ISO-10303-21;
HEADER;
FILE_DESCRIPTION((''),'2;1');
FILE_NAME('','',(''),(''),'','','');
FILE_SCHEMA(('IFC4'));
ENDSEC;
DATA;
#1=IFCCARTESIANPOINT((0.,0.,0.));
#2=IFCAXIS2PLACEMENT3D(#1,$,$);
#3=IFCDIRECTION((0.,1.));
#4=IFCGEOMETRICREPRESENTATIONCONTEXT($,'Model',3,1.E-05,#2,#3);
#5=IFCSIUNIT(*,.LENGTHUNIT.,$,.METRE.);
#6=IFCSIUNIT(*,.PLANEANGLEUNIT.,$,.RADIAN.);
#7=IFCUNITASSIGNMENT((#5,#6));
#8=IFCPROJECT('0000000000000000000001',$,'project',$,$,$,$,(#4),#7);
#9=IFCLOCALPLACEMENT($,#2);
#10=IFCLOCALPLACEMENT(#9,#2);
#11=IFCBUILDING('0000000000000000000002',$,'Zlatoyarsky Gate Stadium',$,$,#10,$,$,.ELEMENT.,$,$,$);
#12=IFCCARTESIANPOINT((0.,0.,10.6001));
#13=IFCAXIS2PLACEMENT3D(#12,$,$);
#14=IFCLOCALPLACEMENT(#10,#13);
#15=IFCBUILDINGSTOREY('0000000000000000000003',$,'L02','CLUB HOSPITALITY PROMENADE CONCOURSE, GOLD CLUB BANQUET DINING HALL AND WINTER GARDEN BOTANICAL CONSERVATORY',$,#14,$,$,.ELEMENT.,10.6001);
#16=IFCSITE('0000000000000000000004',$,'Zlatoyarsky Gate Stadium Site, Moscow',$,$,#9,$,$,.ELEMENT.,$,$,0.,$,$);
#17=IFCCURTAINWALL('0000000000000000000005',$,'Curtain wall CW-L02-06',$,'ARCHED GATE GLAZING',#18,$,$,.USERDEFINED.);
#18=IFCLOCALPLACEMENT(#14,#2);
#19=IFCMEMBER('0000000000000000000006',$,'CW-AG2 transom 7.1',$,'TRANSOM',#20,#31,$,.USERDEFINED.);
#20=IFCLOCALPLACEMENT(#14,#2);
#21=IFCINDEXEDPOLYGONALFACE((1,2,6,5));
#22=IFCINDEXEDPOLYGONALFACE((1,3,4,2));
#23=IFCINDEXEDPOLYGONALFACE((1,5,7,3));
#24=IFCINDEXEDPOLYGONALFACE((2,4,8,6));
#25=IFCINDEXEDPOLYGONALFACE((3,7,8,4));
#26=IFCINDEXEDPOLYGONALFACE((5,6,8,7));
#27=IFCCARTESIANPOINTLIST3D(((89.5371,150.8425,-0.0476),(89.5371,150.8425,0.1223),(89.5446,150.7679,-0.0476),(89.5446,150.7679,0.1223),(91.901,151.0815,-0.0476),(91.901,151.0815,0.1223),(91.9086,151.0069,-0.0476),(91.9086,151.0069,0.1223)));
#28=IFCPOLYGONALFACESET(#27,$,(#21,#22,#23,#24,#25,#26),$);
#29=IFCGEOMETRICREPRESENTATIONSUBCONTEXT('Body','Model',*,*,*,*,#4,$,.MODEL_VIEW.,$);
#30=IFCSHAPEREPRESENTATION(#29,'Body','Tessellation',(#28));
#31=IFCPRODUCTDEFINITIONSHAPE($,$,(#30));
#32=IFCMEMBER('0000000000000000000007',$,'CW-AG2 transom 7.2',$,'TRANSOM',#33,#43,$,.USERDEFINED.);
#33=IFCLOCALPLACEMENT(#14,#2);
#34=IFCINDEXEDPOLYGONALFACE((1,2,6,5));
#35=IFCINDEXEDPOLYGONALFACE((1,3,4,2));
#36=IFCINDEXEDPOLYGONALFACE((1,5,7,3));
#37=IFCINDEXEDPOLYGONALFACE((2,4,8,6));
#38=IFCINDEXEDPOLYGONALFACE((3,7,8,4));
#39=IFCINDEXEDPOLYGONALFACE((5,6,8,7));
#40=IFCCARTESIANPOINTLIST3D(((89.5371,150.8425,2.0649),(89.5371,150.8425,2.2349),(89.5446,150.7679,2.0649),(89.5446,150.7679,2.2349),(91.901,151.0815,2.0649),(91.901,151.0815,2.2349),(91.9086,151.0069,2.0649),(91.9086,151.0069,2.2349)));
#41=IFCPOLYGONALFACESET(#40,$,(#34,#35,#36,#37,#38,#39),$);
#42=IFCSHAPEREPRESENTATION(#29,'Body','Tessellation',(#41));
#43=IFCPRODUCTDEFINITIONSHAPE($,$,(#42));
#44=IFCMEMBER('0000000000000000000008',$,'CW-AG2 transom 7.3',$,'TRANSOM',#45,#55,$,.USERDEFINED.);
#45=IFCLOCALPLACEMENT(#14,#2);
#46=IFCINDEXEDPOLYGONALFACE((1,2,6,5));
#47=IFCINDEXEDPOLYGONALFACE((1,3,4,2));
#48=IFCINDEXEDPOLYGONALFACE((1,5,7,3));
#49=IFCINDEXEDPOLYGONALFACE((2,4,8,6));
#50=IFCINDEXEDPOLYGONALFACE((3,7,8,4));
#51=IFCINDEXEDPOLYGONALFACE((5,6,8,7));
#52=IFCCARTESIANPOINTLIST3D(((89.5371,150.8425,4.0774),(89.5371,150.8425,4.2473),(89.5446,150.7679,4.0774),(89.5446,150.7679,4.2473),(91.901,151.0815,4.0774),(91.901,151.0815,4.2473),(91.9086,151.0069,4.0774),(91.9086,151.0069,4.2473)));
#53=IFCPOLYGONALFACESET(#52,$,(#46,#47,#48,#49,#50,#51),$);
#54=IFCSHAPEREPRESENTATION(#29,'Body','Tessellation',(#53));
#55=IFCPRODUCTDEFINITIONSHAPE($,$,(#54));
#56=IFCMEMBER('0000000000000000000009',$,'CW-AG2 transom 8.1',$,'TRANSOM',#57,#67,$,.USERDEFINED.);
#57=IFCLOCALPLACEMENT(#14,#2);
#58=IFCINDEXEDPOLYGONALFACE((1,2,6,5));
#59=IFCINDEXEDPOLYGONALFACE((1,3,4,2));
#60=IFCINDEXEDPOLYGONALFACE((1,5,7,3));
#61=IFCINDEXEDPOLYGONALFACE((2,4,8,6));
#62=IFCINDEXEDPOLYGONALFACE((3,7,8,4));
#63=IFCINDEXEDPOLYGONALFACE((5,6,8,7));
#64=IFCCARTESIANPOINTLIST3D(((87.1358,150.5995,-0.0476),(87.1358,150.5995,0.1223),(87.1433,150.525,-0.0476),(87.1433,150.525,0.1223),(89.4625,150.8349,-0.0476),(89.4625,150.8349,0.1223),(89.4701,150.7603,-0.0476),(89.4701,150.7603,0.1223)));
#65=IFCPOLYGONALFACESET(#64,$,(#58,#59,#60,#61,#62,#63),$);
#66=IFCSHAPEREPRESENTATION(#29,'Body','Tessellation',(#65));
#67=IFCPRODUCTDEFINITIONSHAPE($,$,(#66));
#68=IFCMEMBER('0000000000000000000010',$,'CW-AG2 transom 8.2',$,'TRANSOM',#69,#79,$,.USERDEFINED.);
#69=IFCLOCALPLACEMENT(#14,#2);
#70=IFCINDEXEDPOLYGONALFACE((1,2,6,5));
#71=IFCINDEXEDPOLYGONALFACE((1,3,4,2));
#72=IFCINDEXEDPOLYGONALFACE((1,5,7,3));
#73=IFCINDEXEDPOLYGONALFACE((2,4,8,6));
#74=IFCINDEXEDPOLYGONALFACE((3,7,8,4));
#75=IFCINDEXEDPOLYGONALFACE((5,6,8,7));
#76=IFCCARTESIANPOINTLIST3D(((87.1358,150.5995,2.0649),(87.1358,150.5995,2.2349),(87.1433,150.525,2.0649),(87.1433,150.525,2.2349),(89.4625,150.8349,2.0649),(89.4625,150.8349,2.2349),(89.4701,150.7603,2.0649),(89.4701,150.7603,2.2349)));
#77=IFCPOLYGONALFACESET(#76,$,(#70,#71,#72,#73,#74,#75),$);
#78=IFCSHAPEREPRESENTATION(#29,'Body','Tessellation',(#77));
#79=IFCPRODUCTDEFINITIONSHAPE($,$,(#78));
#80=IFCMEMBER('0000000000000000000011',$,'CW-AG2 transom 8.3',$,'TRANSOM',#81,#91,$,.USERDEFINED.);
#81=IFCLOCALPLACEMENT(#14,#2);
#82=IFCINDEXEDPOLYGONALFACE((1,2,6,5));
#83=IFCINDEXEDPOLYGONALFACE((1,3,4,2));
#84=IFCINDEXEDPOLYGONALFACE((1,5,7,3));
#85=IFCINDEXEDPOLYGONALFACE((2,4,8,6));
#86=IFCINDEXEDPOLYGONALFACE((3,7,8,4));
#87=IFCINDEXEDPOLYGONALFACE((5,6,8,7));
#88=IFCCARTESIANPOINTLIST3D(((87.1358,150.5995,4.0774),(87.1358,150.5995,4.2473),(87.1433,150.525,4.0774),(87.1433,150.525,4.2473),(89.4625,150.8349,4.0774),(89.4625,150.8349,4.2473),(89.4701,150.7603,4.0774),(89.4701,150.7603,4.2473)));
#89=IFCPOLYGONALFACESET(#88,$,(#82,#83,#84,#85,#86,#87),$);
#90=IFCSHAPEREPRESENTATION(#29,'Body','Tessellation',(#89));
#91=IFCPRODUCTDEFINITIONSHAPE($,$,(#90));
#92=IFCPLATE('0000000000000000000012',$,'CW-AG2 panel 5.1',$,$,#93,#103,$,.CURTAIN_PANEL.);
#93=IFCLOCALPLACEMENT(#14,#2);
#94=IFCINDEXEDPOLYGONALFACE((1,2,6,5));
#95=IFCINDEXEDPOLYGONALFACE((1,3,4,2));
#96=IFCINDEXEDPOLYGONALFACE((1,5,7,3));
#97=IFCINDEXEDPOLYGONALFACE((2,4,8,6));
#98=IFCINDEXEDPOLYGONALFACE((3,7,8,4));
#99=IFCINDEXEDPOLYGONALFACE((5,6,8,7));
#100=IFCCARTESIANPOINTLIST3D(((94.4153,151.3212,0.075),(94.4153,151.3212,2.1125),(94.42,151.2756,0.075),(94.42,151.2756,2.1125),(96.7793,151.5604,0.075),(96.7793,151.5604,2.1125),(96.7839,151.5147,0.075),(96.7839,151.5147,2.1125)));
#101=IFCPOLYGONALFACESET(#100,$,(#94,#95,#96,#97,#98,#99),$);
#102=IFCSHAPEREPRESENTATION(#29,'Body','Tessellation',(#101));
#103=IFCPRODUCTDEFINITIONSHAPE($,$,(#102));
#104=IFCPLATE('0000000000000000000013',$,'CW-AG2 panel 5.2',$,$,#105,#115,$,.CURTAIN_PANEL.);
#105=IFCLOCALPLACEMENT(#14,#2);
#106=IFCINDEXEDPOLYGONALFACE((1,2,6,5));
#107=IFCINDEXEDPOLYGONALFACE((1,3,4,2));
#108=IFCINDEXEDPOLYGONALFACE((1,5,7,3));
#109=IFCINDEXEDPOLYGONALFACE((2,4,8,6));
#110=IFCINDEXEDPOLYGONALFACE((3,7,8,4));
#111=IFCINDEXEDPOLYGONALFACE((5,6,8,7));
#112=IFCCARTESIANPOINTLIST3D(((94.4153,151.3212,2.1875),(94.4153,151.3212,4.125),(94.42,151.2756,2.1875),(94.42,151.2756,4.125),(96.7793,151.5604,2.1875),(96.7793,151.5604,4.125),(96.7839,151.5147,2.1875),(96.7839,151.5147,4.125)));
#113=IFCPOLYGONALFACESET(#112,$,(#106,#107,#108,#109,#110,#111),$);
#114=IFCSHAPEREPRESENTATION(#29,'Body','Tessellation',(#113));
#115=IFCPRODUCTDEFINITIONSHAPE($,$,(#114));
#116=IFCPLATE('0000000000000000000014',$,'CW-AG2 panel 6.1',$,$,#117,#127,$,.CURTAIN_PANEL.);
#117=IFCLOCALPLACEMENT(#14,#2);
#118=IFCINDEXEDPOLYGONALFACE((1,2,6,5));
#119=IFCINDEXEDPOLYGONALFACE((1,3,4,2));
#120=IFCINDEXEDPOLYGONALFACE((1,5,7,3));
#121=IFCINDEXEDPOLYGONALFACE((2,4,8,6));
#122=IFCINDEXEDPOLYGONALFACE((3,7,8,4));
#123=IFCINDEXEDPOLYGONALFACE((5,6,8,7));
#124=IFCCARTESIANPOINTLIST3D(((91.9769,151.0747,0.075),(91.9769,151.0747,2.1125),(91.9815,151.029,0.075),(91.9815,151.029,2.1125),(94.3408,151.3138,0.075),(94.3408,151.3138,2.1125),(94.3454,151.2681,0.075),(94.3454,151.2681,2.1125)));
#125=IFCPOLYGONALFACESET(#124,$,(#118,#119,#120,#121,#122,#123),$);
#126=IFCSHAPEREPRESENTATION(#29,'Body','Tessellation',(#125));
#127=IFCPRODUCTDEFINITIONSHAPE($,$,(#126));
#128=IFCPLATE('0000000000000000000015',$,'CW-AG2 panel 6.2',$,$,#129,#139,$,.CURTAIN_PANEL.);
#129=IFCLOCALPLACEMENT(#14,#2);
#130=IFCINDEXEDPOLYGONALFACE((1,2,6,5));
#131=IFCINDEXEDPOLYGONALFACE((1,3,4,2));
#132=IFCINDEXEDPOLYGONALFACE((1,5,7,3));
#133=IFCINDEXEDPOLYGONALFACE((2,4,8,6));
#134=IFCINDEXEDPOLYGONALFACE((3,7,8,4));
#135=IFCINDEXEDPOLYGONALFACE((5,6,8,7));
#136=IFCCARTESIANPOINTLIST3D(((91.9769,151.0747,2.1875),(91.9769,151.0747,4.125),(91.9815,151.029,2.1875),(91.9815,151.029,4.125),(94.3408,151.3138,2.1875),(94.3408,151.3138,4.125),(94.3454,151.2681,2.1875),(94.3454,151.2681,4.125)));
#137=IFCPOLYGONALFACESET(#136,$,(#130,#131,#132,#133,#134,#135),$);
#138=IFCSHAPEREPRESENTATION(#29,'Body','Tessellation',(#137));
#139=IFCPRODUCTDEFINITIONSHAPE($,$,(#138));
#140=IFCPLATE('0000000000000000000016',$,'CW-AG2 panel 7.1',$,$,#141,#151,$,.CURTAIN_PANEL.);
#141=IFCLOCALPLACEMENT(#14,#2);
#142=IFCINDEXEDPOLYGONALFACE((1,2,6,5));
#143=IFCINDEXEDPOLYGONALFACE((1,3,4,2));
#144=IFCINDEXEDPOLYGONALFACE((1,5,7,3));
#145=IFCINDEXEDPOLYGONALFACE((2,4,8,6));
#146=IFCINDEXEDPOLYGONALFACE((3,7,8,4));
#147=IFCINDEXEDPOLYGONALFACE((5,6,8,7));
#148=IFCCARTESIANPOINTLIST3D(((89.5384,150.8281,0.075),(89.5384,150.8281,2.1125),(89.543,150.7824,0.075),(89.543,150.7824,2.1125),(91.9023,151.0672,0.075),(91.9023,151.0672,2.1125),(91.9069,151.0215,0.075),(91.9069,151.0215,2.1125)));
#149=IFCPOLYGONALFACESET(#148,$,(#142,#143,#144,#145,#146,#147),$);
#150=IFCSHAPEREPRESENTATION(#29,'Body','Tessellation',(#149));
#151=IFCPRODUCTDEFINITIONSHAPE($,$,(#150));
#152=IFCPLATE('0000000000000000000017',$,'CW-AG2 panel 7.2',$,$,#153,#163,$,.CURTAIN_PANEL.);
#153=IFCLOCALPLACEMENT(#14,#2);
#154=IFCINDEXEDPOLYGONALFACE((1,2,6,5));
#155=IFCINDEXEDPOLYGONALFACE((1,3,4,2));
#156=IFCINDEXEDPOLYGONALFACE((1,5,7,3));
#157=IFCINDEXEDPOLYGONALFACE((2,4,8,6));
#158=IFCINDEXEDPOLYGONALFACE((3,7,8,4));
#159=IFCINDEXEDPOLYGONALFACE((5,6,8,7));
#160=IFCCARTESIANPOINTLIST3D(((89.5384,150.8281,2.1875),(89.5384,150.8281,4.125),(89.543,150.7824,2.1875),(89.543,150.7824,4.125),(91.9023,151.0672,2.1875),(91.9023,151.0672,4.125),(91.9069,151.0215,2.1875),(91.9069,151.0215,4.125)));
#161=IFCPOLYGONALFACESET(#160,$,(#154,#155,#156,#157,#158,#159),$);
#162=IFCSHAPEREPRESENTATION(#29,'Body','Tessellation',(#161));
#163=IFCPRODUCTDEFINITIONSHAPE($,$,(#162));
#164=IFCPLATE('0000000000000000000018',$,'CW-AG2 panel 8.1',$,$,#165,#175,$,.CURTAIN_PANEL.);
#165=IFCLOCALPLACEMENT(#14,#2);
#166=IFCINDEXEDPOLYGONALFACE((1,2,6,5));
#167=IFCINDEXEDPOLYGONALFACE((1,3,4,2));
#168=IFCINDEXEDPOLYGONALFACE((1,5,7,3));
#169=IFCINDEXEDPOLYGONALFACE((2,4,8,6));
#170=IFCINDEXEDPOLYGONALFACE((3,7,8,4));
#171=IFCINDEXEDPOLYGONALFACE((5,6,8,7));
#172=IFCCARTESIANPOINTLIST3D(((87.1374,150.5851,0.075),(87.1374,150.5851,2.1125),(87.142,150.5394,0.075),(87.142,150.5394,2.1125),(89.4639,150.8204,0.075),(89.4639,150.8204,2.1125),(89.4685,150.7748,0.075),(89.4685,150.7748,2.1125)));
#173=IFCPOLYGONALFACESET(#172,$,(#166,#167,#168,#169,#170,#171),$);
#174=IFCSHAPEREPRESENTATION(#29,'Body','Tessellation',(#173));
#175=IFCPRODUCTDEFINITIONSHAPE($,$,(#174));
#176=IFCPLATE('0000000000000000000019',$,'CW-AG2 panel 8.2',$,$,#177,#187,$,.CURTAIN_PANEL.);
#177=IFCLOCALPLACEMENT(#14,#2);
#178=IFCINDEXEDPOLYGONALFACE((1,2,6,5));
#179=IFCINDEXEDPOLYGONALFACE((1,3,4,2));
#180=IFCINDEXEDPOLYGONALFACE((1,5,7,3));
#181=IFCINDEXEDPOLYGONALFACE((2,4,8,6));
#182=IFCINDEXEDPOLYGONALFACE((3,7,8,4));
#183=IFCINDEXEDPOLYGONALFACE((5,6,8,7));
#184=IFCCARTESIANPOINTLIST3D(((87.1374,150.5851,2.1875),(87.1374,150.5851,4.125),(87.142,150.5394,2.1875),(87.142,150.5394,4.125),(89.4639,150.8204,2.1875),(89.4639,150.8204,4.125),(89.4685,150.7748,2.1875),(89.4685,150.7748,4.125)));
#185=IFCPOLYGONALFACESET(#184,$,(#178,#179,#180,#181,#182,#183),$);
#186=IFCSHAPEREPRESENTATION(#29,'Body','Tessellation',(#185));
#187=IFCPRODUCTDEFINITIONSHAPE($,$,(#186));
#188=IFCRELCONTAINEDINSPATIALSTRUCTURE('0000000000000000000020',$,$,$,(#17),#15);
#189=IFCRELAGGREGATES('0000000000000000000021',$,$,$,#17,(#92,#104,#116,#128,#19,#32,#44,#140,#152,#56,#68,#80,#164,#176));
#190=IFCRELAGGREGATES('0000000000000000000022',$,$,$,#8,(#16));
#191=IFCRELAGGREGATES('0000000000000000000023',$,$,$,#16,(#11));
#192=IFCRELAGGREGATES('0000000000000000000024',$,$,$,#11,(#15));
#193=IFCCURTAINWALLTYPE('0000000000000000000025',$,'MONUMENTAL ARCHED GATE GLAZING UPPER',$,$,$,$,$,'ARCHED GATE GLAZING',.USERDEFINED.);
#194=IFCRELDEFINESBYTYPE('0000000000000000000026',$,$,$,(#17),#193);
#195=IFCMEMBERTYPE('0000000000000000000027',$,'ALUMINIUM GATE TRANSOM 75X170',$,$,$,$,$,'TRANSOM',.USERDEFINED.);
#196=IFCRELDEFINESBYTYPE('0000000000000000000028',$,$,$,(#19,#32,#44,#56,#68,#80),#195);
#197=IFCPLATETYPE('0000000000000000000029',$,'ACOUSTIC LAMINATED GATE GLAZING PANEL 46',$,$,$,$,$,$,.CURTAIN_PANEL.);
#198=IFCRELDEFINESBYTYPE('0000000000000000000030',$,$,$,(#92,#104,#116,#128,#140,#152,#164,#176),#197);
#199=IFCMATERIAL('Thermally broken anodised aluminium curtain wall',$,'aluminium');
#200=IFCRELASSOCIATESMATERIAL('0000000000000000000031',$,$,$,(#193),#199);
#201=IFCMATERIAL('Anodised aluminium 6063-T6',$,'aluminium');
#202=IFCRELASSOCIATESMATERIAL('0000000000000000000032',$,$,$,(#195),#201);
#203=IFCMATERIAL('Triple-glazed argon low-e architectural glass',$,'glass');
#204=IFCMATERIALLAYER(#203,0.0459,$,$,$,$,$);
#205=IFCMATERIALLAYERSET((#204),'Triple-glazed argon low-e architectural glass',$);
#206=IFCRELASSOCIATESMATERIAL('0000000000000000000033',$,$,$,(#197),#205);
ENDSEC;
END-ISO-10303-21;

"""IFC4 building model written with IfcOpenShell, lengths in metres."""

from ifc_helpers import new_model, si_unit, direction, frame, origin, origin_2d, place, context, subcontext, project, spatial, rectangle, extrude, material, layer, layer_set, material_profile, profile_set, type_object, element, aggregate, save


model = new_model("IFC4")

# Units and contexts
model_context = context("Model", 3, precision=1e-05, world=origin(), true_north=direction((0.0, 1.0)))
body_context = subcontext(model_context, "Body", "Model", "MODEL_VIEW")
ifc_project = project(units=[si_unit("LENGTHUNIT", "METRE"), si_unit("PLANEANGLEUNIT", "RADIAN")], contexts=[model_context])

# Site, building, storey
site_placement = place(None, origin())
site = spatial("IfcSite", under=ifc_project, at=site_placement, Name="Zlatoyarsky Gate Stadium Site, Moscow", CompositionType="ELEMENT", RefElevation=0.0)
building_placement = place(site_placement, origin())
building = spatial("IfcBuilding", under=site, at=building_placement, Name="Zlatoyarsky Gate Stadium", CompositionType="ELEMENT")
storey_placement = place(building_placement, frame((0.0, 0.0, 10.6001)))
storey = spatial("IfcBuildingStorey", under=building, at=storey_placement, Name="L02", Description="CLUB HOSPITALITY PROMENADE CONCOURSE, GOLD CLUB BANQUET DINING HALL AND WINTER GARDEN BOTANICAL CONSERVATORY", CompositionType="ELEMENT", Elevation=10.6001)

# Curtain wall, members, plates
ifc_material_1 = material(Name="Thermally broken anodised aluminium curtain wall", Category="aluminium")
curtain_wall_type = type_object("IfcCurtainWallType", Name="MONUMENTAL ARCHED GATE GLAZING UPPER", ElementType="ARCHED GATE GLAZING", PredefinedType="USERDEFINED", material=ifc_material_1)
curtain_wall_placement = place(storey_placement, origin())
curtain_wall = element("IfcCurtainWall", 1, at=curtain_wall_placement, inside=storey, type_object=curtain_wall_type, Name="Curtain wall CW-L02-06", ObjectType="ARCHED GATE GLAZING", PredefinedType="USERDEFINED")
ifc_material_2 = material(Name="Anodised aluminium 6063-T6", Category="aluminium")
ifc_material_profile_1 = material_profile(ifc_material_2, rectangle(XDim=0.075, YDim=0.1699, at=origin_2d()), Name="ALU 75X170")
ifc_profile_set_1 = profile_set([ifc_material_profile_1], Name="Anodised aluminium 6063-T6")
member_type_1 = type_object("IfcMemberType", Name="ALUMINIUM GATE TRANSOM 75X170", ElementType="TRANSOM", PredefinedType="USERDEFINED", material=ifc_profile_set_1)
member_1_placement = place(storey_placement, frame((91.9048, 151.0442, 0.0374), z_axis=(-0.994928, -0.100592, 0.0), x_axis=(0.100592, -0.994928, 0.0)))
member_1 = element("IfcMember", 2, at=member_1_placement, type_object=member_type_1, Name="CW-AG2 transom 7.1", ObjectType="TRANSOM", PredefinedType="USERDEFINED", context=body_context, shape_type="SweptSolid", body=[
    extrude(rectangle(XDim=0.075, YDim=0.1699, at=origin_2d()), origin(), (0.0, 0.0, 1.0), 2.376),
])
member_2_placement = place(storey_placement, frame((91.9048, 151.0442, 2.1499), z_axis=(-0.994928, -0.100592, 0.0), x_axis=(0.100592, -0.994928, 0.0)))
member_2 = element("IfcMember", 3, at=member_2_placement, type_object=member_type_1, Name="CW-AG2 transom 7.2", ObjectType="TRANSOM", PredefinedType="USERDEFINED", context=body_context, shape_type="SweptSolid", body=[
    extrude(rectangle(XDim=0.075, YDim=0.1699, at=origin_2d()), origin(), (0.0, 0.0, 1.0), 2.376),
])
member_3_placement = place(storey_placement, frame((91.9048, 151.0442, 4.1624), z_axis=(-0.994928, -0.100592, 0.0), x_axis=(0.100592, -0.994928, 0.0)))
member_3 = element("IfcMember", 4, at=member_3_placement, type_object=member_type_1, Name="CW-AG2 transom 7.3", ObjectType="TRANSOM", PredefinedType="USERDEFINED", context=body_context, shape_type="SweptSolid", body=[
    extrude(rectangle(XDim=0.075, YDim=0.1699, at=origin_2d()), origin(), (0.0, 0.0, 1.0), 2.376),
])
member_4_placement = place(storey_placement, frame((89.4663, 150.7976, 0.0374), z_axis=(-0.994923, -0.100641, 0.0), x_axis=(0.100641, -0.994923, 0.0)))
member_4 = element("IfcMember", 5, at=member_4_placement, type_object=member_type_1, Name="CW-AG2 transom 8.1", ObjectType="TRANSOM", PredefinedType="USERDEFINED", context=body_context, shape_type="SweptSolid", body=[
    extrude(rectangle(XDim=0.075, YDim=0.1699, at=origin_2d()), origin(), (0.0, 0.0, 1.0), 2.3386),
])
member_5_placement = place(storey_placement, frame((89.4663, 150.7976, 2.1499), z_axis=(-0.994923, -0.100641, 0.0), x_axis=(0.100641, -0.994923, 0.0)))
member_5 = element("IfcMember", 6, at=member_5_placement, type_object=member_type_1, Name="CW-AG2 transom 8.2", ObjectType="TRANSOM", PredefinedType="USERDEFINED", context=body_context, shape_type="SweptSolid", body=[
    extrude(rectangle(XDim=0.075, YDim=0.1699, at=origin_2d()), origin(), (0.0, 0.0, 1.0), 2.3386),
])
member_6_placement = place(storey_placement, frame((89.4663, 150.7976, 4.1624), z_axis=(-0.994923, -0.100641, 0.0), x_axis=(0.100641, -0.994923, 0.0)))
member_6 = element("IfcMember", 7, at=member_6_placement, type_object=member_type_1, Name="CW-AG2 transom 8.3", ObjectType="TRANSOM", PredefinedType="USERDEFINED", context=body_context, shape_type="SweptSolid", body=[
    extrude(rectangle(XDim=0.075, YDim=0.1699, at=origin_2d()), origin(), (0.0, 0.0, 1.0), 2.3386),
])
ifc_material_3 = material(Name="Triple-glazed argon low-e architectural glass", Category="glass")
ifc_layer_1 = layer(ifc_material_3, 0.0459)
ifc_layer_set_1 = layer_set([ifc_layer_1], Name="Triple-glazed argon low-e architectural glass")
plate_type = type_object("IfcPlateType", Name="ACOUSTIC LAMINATED GATE GLAZING PANEL 46", PredefinedType="CURTAIN_PANEL", material=ifc_layer_set_1)
plate_1_placement = place(storey_placement, frame((95.5996, 151.418, 0.075), z_axis=(0.0, 0.0, 1.0), x_axis=(-0.994923, -0.100642, 0.0)))
plate_1 = element("IfcPlate", 8, at=plate_1_placement, type_object=plate_type, Name="CW-AG2 panel 5.1", PredefinedType="CURTAIN_PANEL", context=body_context, shape_type="SweptSolid", body=[
    extrude(rectangle(XDim=2.376, YDim=0.0459, at=origin_2d()), origin(), (0.0, 0.0, 1.0), 2.0376),
])
plate_2_placement = place(storey_placement, frame((95.5996, 151.418, 2.1875), z_axis=(0.0, 0.0, 1.0), x_axis=(-0.994923, -0.100642, 0.0)))
plate_2 = element("IfcPlate", 9, at=plate_2_placement, type_object=plate_type, Name="CW-AG2 panel 5.2", PredefinedType="CURTAIN_PANEL", context=body_context, shape_type="SweptSolid", body=[
    extrude(rectangle(XDim=2.376, YDim=0.0459, at=origin_2d()), origin(), (0.0, 0.0, 1.0), 1.9375),
])
plate_3_placement = place(storey_placement, frame((93.1611, 151.1714, 0.075), z_axis=(0.0, 0.0, 1.0), x_axis=(-0.994923, -0.100642, 0.0)))
plate_3 = element("IfcPlate", 10, at=plate_3_placement, type_object=plate_type, Name="CW-AG2 panel 6.1", PredefinedType="CURTAIN_PANEL", context=body_context, shape_type="SweptSolid", body=[
    extrude(rectangle(XDim=2.376, YDim=0.0459, at=origin_2d()), origin(), (0.0, 0.0, 1.0), 2.0376),
])
plate_4_placement = place(storey_placement, frame((93.1611, 151.1714, 2.1875), z_axis=(0.0, 0.0, 1.0), x_axis=(-0.994923, -0.100642, 0.0)))
plate_4 = element("IfcPlate", 11, at=plate_4_placement, type_object=plate_type, Name="CW-AG2 panel 6.2", PredefinedType="CURTAIN_PANEL", context=body_context, shape_type="SweptSolid", body=[
    extrude(rectangle(XDim=2.376, YDim=0.0459, at=origin_2d()), origin(), (0.0, 0.0, 1.0), 1.9375),
])
plate_5_placement = place(storey_placement, frame((90.7227, 150.9248, 0.075), z_axis=(0.0, 0.0, 1.0), x_axis=(-0.994923, -0.100642, 0.0)))
plate_5 = element("IfcPlate", 12, at=plate_5_placement, type_object=plate_type, Name="CW-AG2 panel 7.1", PredefinedType="CURTAIN_PANEL", context=body_context, shape_type="SweptSolid", body=[
    extrude(rectangle(XDim=2.376, YDim=0.0459, at=origin_2d()), origin(), (0.0, 0.0, 1.0), 2.0376),
])
plate_6_placement = place(storey_placement, frame((90.7227, 150.9248, 2.1875), z_axis=(0.0, 0.0, 1.0), x_axis=(-0.994923, -0.100642, 0.0)))
plate_6 = element("IfcPlate", 13, at=plate_6_placement, type_object=plate_type, Name="CW-AG2 panel 7.2", PredefinedType="CURTAIN_PANEL", context=body_context, shape_type="SweptSolid", body=[
    extrude(rectangle(XDim=2.376, YDim=0.0459, at=origin_2d()), origin(), (0.0, 0.0, 1.0), 1.9375),
])
plate_7_placement = place(storey_placement, frame((88.303, 150.6799, 0.075), z_axis=(0.0, 0.0, 1.0), x_axis=(-0.994923, -0.100642, 0.0)))
plate_7 = element("IfcPlate", 14, at=plate_7_placement, type_object=plate_type, Name="CW-AG2 panel 8.1", PredefinedType="CURTAIN_PANEL", context=body_context, shape_type="SweptSolid", body=[
    extrude(rectangle(XDim=2.3384, YDim=0.0459, at=origin_2d()), origin(), (0.0, 0.0, 1.0), 2.0376),
])
plate_8_placement = place(storey_placement, frame((88.303, 150.6799, 2.1875), z_axis=(0.0, 0.0, 1.0), x_axis=(-0.994923, -0.100642, 0.0)))
plate_8 = element("IfcPlate", 15, at=plate_8_placement, type_object=plate_type, Name="CW-AG2 panel 8.2", PredefinedType="CURTAIN_PANEL", context=body_context, shape_type="SweptSolid", body=[
    extrude(rectangle(XDim=2.3384, YDim=0.0459, at=origin_2d()), origin(), (0.0, 0.0, 1.0), 1.9375),
])
aggregate(curtain_wall, [plate_1, plate_2, plate_3, plate_4, member_1, member_2, member_3, plate_5, plate_6, member_4, member_5, member_6, plate_7, plate_8])

save(model, "model.ifc")
